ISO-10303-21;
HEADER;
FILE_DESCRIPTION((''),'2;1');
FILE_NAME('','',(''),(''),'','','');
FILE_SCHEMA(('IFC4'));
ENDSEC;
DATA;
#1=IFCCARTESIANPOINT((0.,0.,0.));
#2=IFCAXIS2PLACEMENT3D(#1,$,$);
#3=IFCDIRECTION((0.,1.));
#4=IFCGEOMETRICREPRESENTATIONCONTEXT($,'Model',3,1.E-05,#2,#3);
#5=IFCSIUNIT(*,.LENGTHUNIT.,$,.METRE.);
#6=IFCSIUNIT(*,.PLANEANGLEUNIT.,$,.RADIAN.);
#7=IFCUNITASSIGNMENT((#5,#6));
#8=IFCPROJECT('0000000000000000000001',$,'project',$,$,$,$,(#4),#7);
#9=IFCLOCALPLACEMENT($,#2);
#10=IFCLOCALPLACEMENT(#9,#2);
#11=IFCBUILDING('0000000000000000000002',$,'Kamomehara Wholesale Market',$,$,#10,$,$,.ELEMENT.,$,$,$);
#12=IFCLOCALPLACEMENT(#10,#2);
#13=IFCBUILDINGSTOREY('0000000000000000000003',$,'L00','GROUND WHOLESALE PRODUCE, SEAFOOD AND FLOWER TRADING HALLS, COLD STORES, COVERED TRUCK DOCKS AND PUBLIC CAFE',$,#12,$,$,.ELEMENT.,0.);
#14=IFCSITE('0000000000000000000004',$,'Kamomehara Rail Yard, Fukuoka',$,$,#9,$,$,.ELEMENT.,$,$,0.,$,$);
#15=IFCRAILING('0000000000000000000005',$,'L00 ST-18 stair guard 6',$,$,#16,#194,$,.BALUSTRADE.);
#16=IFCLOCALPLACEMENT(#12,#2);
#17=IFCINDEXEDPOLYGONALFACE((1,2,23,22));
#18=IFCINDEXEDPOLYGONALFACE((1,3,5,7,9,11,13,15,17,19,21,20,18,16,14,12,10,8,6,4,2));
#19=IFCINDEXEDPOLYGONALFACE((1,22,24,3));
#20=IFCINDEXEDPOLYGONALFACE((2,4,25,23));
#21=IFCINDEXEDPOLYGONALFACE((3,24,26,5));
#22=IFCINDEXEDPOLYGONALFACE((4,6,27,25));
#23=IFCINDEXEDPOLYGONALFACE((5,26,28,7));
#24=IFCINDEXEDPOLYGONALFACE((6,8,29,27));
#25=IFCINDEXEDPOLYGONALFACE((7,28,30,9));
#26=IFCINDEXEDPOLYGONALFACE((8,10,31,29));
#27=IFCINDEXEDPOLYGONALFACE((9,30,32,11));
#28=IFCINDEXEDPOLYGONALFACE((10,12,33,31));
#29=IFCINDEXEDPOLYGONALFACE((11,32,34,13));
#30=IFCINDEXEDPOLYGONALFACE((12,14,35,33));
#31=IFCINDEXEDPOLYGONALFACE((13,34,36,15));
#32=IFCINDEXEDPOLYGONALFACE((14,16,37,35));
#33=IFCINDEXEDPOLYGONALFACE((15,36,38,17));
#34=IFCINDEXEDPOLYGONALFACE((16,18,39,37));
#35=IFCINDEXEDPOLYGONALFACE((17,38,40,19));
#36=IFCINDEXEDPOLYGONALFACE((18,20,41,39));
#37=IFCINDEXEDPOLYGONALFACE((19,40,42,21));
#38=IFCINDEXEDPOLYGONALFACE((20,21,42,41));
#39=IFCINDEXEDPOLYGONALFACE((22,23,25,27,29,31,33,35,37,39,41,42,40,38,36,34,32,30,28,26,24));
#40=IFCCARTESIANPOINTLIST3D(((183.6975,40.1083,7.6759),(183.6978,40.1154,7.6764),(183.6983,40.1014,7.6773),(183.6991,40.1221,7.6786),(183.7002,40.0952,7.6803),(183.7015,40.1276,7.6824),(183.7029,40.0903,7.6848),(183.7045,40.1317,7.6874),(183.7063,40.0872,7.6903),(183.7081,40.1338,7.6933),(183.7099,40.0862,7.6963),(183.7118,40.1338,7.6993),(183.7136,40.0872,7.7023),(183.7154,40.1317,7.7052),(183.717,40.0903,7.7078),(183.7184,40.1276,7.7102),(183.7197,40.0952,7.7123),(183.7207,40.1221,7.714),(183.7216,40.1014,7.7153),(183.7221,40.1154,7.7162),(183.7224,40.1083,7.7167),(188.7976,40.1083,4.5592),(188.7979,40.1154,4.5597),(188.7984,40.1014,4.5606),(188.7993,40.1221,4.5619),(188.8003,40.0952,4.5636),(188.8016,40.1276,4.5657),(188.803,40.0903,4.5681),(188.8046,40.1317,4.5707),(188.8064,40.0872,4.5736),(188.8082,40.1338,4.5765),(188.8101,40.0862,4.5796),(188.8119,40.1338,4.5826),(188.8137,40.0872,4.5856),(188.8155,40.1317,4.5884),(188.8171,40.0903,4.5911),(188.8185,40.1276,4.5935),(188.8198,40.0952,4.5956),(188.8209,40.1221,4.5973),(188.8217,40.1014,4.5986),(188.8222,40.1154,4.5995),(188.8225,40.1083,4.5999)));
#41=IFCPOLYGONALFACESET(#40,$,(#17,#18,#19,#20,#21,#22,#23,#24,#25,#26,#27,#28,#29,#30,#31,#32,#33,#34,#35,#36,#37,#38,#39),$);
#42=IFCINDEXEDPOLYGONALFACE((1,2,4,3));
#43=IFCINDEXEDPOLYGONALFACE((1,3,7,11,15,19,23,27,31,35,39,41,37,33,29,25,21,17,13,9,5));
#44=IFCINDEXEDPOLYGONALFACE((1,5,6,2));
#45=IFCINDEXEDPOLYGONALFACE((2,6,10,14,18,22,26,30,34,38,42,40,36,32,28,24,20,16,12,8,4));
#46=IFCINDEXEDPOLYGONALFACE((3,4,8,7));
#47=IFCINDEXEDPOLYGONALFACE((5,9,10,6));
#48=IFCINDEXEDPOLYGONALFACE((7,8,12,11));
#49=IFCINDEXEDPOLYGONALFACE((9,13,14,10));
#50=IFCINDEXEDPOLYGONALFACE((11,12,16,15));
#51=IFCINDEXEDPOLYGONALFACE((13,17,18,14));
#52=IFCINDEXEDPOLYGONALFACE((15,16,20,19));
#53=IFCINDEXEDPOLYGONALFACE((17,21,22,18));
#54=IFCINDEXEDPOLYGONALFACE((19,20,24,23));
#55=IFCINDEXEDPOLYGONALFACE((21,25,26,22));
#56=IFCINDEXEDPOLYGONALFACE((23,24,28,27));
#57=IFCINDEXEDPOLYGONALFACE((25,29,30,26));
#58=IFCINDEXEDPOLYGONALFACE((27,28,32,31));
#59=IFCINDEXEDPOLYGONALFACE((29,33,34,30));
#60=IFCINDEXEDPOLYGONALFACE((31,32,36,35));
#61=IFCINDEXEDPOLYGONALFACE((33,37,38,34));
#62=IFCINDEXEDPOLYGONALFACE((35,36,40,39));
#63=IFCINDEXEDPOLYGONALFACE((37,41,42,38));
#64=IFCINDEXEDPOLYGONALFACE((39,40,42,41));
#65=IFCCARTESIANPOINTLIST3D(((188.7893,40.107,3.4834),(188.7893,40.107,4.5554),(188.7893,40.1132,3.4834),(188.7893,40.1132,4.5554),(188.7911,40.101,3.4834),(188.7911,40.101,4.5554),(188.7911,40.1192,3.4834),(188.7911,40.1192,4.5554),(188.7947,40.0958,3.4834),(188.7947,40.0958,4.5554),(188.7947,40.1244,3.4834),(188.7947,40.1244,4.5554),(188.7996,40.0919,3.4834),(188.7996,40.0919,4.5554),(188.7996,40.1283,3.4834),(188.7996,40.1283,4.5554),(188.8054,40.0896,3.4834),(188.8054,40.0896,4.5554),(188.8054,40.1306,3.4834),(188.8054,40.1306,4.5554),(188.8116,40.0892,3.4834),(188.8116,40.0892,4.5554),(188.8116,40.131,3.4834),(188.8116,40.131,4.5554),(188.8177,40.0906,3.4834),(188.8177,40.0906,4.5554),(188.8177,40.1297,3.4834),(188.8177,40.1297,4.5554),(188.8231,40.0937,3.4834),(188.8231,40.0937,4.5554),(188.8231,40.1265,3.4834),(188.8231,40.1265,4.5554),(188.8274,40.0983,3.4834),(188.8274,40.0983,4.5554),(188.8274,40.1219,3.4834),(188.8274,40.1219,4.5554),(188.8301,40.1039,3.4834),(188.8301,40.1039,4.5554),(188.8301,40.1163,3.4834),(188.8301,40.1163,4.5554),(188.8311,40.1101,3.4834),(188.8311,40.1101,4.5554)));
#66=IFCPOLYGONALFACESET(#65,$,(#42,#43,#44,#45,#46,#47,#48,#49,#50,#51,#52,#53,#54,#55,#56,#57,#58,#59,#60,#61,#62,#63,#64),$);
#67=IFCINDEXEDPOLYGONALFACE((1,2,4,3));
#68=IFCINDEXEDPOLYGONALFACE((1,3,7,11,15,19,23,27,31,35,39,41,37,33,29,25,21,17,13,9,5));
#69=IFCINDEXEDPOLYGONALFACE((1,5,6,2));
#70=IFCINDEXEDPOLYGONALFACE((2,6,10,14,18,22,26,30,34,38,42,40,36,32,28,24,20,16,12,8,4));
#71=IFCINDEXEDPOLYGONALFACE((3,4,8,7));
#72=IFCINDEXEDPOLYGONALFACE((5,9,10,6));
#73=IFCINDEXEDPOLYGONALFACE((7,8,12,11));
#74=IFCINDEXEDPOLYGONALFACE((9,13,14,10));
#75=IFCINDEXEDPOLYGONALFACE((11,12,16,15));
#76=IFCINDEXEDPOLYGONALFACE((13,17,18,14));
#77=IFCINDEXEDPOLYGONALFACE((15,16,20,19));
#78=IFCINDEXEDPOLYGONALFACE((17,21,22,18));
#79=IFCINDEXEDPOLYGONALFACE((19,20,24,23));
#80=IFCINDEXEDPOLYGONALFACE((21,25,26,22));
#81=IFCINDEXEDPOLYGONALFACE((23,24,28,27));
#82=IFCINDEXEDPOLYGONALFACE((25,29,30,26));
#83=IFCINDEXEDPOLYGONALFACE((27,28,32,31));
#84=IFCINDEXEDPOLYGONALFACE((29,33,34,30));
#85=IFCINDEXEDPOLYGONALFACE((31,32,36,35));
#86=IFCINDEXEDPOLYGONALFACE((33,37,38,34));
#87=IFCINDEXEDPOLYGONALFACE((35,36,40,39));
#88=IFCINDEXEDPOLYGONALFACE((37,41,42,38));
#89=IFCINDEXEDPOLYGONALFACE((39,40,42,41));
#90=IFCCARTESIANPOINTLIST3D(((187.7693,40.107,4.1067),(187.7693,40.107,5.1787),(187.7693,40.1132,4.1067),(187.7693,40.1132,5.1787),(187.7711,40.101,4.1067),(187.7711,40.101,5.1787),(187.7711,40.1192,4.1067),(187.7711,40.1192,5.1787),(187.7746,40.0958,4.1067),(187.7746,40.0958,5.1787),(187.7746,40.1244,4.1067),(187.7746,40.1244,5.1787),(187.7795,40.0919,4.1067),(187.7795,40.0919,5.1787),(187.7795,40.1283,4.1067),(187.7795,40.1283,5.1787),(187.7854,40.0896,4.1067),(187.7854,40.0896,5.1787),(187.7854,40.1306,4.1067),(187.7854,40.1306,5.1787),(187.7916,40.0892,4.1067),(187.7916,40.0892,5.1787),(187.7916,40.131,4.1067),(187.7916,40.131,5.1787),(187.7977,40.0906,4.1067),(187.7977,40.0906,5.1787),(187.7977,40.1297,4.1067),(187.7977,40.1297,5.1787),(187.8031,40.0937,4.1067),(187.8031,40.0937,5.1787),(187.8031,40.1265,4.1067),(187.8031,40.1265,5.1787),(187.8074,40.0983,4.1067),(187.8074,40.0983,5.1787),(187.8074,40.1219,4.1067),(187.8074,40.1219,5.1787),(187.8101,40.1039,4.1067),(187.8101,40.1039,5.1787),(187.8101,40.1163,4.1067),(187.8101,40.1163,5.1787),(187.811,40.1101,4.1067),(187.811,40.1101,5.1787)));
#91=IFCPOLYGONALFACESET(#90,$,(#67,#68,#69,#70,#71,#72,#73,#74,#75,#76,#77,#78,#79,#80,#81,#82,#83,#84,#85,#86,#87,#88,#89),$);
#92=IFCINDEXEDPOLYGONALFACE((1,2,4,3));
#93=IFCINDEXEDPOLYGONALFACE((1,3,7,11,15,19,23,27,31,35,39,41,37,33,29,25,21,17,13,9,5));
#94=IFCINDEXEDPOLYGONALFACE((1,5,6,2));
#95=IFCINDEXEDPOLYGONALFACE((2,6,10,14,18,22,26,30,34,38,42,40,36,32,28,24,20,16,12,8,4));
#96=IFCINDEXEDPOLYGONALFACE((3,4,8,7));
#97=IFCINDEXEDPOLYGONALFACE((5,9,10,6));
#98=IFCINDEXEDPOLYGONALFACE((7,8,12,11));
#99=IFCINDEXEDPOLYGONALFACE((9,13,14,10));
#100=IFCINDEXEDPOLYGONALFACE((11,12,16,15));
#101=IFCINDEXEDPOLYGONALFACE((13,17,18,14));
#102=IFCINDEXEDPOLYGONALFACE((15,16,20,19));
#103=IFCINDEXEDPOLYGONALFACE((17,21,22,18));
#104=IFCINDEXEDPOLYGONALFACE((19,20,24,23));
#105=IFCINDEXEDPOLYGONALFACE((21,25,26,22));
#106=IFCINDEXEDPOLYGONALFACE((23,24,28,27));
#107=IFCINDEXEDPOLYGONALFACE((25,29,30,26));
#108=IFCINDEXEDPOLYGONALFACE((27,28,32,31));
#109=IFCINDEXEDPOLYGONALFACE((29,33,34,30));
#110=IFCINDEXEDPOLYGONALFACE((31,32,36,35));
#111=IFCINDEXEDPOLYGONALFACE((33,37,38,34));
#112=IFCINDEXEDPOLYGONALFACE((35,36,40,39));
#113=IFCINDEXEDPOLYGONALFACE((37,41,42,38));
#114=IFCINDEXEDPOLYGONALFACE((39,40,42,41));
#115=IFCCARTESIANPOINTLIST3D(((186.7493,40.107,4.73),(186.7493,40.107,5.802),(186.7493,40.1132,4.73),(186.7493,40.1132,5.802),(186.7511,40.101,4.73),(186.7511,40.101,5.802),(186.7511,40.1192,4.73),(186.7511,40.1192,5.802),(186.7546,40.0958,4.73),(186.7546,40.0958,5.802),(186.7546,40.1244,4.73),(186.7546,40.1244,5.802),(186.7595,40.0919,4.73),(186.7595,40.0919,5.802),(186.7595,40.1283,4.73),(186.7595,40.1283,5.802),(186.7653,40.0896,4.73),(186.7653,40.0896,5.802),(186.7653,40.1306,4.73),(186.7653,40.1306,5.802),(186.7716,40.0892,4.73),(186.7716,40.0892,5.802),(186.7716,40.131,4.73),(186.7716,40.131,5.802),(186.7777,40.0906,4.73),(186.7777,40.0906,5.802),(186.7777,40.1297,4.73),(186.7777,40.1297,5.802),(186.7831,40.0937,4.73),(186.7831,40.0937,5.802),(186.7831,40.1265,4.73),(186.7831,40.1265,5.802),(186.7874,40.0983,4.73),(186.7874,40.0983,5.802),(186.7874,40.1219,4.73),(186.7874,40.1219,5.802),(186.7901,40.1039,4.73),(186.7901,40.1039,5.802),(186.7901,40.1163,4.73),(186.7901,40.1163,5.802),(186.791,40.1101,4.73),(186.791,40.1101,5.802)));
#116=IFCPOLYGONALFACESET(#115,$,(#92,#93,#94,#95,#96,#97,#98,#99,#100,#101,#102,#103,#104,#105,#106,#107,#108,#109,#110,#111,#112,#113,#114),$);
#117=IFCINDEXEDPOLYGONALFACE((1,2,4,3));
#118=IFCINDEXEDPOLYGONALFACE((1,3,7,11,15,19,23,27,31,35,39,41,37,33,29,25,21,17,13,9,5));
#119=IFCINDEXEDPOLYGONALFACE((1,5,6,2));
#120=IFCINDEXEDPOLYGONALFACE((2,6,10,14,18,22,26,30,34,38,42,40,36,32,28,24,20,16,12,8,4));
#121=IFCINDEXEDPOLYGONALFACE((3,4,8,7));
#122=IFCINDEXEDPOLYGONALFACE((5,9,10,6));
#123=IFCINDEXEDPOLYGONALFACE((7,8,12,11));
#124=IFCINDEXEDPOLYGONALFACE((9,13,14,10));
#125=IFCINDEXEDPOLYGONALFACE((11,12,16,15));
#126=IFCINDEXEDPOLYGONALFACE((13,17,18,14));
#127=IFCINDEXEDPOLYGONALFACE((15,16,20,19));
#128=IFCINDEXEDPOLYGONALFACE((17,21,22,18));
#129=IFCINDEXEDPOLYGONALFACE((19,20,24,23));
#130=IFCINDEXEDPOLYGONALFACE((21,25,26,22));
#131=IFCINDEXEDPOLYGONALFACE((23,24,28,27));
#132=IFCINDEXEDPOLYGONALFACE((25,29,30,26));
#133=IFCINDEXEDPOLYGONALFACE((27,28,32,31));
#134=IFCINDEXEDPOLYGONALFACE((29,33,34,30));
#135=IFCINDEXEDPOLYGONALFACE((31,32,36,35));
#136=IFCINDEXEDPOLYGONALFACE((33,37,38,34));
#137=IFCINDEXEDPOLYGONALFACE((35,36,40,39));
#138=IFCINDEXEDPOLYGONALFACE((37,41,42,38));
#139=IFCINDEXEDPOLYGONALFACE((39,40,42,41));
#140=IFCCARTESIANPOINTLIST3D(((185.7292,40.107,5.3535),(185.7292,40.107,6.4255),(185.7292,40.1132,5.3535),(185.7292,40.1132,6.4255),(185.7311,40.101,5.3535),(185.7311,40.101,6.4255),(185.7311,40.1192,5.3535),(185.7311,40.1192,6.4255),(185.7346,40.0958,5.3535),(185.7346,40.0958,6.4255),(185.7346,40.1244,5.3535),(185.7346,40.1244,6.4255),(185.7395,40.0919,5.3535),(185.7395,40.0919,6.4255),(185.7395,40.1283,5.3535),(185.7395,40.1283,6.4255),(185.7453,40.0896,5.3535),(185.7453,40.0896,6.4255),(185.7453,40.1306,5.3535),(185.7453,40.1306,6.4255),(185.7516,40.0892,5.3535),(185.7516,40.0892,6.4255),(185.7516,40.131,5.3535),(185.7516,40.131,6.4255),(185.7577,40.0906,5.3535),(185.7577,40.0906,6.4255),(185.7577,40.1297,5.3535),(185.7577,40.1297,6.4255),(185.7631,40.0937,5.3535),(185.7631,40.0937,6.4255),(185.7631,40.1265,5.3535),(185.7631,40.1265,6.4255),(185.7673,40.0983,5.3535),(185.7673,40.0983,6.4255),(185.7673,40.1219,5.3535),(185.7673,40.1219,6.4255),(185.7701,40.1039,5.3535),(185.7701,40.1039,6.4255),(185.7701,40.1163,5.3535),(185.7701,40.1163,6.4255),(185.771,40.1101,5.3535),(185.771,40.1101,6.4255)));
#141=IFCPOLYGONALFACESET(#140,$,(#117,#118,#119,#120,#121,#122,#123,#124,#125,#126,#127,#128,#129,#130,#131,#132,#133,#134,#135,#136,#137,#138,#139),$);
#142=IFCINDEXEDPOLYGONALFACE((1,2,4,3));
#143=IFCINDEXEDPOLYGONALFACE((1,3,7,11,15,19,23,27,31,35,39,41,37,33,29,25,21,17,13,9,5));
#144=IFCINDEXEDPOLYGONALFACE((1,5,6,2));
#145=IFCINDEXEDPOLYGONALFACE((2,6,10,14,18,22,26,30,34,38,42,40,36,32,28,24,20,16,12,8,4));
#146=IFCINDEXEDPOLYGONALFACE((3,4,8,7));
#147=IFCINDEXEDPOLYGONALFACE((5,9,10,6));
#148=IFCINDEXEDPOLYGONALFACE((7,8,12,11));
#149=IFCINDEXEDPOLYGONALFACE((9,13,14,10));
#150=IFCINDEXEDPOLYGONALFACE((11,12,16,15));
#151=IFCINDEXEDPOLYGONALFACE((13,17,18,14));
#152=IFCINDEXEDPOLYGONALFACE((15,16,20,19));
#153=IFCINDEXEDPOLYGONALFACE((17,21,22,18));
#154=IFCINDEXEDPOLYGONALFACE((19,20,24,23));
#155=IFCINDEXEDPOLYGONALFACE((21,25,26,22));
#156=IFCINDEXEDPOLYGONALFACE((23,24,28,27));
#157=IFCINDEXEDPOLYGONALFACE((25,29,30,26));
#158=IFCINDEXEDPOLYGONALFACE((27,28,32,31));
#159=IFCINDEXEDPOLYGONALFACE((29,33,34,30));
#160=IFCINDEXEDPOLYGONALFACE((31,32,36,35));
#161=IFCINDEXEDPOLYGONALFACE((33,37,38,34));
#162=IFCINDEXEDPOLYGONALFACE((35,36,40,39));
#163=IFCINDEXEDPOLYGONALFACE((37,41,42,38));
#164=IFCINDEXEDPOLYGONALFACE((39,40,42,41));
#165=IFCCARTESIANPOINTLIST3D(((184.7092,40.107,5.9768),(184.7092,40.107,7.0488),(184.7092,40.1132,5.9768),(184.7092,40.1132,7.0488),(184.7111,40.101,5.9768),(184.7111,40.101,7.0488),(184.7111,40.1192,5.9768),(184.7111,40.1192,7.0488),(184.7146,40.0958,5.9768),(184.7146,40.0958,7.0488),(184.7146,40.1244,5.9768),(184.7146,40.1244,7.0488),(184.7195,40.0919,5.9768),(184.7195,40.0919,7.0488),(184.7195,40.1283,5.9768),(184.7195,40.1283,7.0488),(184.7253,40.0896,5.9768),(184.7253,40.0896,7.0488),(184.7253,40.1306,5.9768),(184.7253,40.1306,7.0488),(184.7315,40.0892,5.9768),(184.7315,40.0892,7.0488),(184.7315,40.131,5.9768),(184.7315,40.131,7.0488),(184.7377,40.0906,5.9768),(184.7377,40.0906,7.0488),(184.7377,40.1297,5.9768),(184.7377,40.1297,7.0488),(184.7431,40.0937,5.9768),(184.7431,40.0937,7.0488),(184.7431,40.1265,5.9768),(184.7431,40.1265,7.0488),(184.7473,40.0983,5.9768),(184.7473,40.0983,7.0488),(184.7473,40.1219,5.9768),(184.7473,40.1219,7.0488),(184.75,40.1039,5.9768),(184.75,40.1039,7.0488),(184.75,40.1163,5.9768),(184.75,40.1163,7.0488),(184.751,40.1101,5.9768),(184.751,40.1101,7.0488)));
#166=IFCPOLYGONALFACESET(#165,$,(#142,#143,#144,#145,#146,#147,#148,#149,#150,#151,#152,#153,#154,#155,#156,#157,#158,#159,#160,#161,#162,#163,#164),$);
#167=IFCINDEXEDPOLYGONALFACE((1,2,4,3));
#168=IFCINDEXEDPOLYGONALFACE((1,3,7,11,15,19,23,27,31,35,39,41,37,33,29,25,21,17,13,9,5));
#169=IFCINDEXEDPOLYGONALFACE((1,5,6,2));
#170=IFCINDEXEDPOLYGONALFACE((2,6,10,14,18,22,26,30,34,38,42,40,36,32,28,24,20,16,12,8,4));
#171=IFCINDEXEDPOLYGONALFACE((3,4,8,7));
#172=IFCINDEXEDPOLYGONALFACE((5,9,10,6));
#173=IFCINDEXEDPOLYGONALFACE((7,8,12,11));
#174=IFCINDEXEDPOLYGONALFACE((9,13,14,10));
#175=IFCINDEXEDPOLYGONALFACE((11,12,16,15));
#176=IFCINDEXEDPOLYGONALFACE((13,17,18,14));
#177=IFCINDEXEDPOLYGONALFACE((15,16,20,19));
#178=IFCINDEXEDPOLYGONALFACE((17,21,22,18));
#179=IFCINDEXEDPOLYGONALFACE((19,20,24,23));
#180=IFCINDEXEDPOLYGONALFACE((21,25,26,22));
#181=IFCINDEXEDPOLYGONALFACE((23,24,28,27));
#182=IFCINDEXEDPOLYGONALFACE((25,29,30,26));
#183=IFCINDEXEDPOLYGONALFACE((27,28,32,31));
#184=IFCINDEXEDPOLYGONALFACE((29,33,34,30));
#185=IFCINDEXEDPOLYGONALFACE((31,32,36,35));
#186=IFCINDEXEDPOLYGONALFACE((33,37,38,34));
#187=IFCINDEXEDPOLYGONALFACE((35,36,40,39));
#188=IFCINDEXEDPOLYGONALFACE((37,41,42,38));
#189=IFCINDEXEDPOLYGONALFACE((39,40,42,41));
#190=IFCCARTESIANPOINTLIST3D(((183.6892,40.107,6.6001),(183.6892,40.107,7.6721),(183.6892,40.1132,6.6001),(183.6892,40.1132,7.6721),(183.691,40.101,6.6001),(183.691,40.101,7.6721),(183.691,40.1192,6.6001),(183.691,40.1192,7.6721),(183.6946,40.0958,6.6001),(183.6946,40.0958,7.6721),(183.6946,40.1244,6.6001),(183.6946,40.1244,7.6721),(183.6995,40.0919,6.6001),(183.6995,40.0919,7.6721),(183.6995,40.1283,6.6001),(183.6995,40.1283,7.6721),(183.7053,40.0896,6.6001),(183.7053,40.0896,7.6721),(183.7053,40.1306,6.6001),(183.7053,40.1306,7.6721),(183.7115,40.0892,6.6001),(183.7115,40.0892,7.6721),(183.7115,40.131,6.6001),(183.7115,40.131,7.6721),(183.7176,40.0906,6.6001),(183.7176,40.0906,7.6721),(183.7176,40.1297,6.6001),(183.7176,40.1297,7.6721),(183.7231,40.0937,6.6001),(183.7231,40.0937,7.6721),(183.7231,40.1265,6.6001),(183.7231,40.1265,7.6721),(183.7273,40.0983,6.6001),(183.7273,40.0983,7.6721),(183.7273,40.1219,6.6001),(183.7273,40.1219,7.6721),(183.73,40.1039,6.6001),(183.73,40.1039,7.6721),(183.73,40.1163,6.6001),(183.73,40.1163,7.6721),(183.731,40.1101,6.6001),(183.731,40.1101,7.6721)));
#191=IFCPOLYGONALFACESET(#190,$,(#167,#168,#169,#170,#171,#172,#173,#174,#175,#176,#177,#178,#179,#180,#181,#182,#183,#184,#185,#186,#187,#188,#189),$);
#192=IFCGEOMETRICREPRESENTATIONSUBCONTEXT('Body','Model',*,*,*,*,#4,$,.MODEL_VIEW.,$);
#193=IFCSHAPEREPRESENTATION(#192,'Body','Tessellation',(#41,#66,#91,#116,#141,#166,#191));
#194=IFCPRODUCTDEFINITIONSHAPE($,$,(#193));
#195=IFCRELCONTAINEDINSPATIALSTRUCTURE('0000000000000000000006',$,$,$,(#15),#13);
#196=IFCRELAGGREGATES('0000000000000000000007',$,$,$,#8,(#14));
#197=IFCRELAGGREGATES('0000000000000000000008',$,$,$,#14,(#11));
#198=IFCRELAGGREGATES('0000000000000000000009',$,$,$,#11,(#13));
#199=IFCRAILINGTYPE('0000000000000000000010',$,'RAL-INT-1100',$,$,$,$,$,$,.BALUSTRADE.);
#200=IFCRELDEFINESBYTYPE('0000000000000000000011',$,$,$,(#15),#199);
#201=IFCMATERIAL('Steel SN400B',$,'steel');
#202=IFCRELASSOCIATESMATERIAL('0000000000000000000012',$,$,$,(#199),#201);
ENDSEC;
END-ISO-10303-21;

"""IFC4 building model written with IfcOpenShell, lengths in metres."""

from ifc_helpers import new_model, si_unit, direction, frame, origin, origin_2d, place, context, subcontext, project, spatial, circle, extrude, material, type_object, element, save


model = new_model("IFC4")

# Units and contexts
model_context = context("Model", 3, precision=1e-05, world=origin(), true_north=direction((0.0, 1.0)))
body_context = subcontext(model_context, "Body", "Model", "MODEL_VIEW")
ifc_project = project(units=[si_unit("LENGTHUNIT", "METRE"), si_unit("PLANEANGLEUNIT", "RADIAN")], contexts=[model_context])

# Site, building, storey
site_placement = place(None, origin())
site = spatial("IfcSite", under=ifc_project, at=site_placement, Name="Kamomehara Rail Yard, Fukuoka", CompositionType="ELEMENT", RefElevation=0.0)
building_placement = place(site_placement, origin())
building = spatial("IfcBuilding", under=site, at=building_placement, Name="Kamomehara Wholesale Market", CompositionType="ELEMENT")
storey_placement = place(building_placement, origin())
storey = spatial("IfcBuildingStorey", under=building, at=storey_placement, Name="L00", Description="GROUND WHOLESALE PRODUCE, SEAFOOD AND FLOWER TRADING HALLS, COLD STORES, COVERED TRUCK DOCKS AND PUBLIC CAFE", CompositionType="ELEMENT", Elevation=0.0)

# Railing
ifc_material_1 = material(Name="Steel SN400B", Category="steel")
railing_type_1 = type_object("IfcRailingType", Name="RAL-INT-1100", PredefinedType="BALUSTRADE", material=ifc_material_1)
railing_1_placement = place(storey_placement, frame((188.8101, 40.1101, 3.4834)))
element("IfcRailing", 1, at=railing_1_placement, inside=storey, type_object=railing_type_1, Name="L00 ST-18 stair guard 6", PredefinedType="BALUSTRADE", context=body_context, shape_type="SweptSolid", body=[
    extrude(circle(Radius=0.0239, at=origin_2d()), frame((0.0, 0.0, 1.0962), z_axis=(-0.853284, 0.0, 0.521447), x_axis=(0.0, -1.0, 0.0)), (0.0, 0.0, 1.0), 5.9771),
    extrude(circle(Radius=0.021, at=origin_2d()), origin(), (0.0, 0.0, 1.0), 1.072),
    extrude(circle(Radius=0.021, at=origin_2d()), frame((-1.02, 0.0, 0.6233)), (0.0, 0.0, 1.0), 1.072),
    extrude(circle(Radius=0.021, at=origin_2d()), frame((-2.04, 0.0, 1.2466)), (0.0, 0.0, 1.0), 1.072),
    extrude(circle(Radius=0.021, at=origin_2d()), frame((-3.0601, 0.0, 1.8701)), (0.0, 0.0, 1.0), 1.072),
    extrude(circle(Radius=0.021, at=origin_2d()), frame((-4.0801, 0.0, 2.4934)), (0.0, 0.0, 1.0), 1.072),
    extrude(circle(Radius=0.021, at=origin_2d()), frame((-5.1001, 0.0, 3.1167)), (0.0, 0.0, 1.0), 1.072),
])

save(model, "model.ifc")
